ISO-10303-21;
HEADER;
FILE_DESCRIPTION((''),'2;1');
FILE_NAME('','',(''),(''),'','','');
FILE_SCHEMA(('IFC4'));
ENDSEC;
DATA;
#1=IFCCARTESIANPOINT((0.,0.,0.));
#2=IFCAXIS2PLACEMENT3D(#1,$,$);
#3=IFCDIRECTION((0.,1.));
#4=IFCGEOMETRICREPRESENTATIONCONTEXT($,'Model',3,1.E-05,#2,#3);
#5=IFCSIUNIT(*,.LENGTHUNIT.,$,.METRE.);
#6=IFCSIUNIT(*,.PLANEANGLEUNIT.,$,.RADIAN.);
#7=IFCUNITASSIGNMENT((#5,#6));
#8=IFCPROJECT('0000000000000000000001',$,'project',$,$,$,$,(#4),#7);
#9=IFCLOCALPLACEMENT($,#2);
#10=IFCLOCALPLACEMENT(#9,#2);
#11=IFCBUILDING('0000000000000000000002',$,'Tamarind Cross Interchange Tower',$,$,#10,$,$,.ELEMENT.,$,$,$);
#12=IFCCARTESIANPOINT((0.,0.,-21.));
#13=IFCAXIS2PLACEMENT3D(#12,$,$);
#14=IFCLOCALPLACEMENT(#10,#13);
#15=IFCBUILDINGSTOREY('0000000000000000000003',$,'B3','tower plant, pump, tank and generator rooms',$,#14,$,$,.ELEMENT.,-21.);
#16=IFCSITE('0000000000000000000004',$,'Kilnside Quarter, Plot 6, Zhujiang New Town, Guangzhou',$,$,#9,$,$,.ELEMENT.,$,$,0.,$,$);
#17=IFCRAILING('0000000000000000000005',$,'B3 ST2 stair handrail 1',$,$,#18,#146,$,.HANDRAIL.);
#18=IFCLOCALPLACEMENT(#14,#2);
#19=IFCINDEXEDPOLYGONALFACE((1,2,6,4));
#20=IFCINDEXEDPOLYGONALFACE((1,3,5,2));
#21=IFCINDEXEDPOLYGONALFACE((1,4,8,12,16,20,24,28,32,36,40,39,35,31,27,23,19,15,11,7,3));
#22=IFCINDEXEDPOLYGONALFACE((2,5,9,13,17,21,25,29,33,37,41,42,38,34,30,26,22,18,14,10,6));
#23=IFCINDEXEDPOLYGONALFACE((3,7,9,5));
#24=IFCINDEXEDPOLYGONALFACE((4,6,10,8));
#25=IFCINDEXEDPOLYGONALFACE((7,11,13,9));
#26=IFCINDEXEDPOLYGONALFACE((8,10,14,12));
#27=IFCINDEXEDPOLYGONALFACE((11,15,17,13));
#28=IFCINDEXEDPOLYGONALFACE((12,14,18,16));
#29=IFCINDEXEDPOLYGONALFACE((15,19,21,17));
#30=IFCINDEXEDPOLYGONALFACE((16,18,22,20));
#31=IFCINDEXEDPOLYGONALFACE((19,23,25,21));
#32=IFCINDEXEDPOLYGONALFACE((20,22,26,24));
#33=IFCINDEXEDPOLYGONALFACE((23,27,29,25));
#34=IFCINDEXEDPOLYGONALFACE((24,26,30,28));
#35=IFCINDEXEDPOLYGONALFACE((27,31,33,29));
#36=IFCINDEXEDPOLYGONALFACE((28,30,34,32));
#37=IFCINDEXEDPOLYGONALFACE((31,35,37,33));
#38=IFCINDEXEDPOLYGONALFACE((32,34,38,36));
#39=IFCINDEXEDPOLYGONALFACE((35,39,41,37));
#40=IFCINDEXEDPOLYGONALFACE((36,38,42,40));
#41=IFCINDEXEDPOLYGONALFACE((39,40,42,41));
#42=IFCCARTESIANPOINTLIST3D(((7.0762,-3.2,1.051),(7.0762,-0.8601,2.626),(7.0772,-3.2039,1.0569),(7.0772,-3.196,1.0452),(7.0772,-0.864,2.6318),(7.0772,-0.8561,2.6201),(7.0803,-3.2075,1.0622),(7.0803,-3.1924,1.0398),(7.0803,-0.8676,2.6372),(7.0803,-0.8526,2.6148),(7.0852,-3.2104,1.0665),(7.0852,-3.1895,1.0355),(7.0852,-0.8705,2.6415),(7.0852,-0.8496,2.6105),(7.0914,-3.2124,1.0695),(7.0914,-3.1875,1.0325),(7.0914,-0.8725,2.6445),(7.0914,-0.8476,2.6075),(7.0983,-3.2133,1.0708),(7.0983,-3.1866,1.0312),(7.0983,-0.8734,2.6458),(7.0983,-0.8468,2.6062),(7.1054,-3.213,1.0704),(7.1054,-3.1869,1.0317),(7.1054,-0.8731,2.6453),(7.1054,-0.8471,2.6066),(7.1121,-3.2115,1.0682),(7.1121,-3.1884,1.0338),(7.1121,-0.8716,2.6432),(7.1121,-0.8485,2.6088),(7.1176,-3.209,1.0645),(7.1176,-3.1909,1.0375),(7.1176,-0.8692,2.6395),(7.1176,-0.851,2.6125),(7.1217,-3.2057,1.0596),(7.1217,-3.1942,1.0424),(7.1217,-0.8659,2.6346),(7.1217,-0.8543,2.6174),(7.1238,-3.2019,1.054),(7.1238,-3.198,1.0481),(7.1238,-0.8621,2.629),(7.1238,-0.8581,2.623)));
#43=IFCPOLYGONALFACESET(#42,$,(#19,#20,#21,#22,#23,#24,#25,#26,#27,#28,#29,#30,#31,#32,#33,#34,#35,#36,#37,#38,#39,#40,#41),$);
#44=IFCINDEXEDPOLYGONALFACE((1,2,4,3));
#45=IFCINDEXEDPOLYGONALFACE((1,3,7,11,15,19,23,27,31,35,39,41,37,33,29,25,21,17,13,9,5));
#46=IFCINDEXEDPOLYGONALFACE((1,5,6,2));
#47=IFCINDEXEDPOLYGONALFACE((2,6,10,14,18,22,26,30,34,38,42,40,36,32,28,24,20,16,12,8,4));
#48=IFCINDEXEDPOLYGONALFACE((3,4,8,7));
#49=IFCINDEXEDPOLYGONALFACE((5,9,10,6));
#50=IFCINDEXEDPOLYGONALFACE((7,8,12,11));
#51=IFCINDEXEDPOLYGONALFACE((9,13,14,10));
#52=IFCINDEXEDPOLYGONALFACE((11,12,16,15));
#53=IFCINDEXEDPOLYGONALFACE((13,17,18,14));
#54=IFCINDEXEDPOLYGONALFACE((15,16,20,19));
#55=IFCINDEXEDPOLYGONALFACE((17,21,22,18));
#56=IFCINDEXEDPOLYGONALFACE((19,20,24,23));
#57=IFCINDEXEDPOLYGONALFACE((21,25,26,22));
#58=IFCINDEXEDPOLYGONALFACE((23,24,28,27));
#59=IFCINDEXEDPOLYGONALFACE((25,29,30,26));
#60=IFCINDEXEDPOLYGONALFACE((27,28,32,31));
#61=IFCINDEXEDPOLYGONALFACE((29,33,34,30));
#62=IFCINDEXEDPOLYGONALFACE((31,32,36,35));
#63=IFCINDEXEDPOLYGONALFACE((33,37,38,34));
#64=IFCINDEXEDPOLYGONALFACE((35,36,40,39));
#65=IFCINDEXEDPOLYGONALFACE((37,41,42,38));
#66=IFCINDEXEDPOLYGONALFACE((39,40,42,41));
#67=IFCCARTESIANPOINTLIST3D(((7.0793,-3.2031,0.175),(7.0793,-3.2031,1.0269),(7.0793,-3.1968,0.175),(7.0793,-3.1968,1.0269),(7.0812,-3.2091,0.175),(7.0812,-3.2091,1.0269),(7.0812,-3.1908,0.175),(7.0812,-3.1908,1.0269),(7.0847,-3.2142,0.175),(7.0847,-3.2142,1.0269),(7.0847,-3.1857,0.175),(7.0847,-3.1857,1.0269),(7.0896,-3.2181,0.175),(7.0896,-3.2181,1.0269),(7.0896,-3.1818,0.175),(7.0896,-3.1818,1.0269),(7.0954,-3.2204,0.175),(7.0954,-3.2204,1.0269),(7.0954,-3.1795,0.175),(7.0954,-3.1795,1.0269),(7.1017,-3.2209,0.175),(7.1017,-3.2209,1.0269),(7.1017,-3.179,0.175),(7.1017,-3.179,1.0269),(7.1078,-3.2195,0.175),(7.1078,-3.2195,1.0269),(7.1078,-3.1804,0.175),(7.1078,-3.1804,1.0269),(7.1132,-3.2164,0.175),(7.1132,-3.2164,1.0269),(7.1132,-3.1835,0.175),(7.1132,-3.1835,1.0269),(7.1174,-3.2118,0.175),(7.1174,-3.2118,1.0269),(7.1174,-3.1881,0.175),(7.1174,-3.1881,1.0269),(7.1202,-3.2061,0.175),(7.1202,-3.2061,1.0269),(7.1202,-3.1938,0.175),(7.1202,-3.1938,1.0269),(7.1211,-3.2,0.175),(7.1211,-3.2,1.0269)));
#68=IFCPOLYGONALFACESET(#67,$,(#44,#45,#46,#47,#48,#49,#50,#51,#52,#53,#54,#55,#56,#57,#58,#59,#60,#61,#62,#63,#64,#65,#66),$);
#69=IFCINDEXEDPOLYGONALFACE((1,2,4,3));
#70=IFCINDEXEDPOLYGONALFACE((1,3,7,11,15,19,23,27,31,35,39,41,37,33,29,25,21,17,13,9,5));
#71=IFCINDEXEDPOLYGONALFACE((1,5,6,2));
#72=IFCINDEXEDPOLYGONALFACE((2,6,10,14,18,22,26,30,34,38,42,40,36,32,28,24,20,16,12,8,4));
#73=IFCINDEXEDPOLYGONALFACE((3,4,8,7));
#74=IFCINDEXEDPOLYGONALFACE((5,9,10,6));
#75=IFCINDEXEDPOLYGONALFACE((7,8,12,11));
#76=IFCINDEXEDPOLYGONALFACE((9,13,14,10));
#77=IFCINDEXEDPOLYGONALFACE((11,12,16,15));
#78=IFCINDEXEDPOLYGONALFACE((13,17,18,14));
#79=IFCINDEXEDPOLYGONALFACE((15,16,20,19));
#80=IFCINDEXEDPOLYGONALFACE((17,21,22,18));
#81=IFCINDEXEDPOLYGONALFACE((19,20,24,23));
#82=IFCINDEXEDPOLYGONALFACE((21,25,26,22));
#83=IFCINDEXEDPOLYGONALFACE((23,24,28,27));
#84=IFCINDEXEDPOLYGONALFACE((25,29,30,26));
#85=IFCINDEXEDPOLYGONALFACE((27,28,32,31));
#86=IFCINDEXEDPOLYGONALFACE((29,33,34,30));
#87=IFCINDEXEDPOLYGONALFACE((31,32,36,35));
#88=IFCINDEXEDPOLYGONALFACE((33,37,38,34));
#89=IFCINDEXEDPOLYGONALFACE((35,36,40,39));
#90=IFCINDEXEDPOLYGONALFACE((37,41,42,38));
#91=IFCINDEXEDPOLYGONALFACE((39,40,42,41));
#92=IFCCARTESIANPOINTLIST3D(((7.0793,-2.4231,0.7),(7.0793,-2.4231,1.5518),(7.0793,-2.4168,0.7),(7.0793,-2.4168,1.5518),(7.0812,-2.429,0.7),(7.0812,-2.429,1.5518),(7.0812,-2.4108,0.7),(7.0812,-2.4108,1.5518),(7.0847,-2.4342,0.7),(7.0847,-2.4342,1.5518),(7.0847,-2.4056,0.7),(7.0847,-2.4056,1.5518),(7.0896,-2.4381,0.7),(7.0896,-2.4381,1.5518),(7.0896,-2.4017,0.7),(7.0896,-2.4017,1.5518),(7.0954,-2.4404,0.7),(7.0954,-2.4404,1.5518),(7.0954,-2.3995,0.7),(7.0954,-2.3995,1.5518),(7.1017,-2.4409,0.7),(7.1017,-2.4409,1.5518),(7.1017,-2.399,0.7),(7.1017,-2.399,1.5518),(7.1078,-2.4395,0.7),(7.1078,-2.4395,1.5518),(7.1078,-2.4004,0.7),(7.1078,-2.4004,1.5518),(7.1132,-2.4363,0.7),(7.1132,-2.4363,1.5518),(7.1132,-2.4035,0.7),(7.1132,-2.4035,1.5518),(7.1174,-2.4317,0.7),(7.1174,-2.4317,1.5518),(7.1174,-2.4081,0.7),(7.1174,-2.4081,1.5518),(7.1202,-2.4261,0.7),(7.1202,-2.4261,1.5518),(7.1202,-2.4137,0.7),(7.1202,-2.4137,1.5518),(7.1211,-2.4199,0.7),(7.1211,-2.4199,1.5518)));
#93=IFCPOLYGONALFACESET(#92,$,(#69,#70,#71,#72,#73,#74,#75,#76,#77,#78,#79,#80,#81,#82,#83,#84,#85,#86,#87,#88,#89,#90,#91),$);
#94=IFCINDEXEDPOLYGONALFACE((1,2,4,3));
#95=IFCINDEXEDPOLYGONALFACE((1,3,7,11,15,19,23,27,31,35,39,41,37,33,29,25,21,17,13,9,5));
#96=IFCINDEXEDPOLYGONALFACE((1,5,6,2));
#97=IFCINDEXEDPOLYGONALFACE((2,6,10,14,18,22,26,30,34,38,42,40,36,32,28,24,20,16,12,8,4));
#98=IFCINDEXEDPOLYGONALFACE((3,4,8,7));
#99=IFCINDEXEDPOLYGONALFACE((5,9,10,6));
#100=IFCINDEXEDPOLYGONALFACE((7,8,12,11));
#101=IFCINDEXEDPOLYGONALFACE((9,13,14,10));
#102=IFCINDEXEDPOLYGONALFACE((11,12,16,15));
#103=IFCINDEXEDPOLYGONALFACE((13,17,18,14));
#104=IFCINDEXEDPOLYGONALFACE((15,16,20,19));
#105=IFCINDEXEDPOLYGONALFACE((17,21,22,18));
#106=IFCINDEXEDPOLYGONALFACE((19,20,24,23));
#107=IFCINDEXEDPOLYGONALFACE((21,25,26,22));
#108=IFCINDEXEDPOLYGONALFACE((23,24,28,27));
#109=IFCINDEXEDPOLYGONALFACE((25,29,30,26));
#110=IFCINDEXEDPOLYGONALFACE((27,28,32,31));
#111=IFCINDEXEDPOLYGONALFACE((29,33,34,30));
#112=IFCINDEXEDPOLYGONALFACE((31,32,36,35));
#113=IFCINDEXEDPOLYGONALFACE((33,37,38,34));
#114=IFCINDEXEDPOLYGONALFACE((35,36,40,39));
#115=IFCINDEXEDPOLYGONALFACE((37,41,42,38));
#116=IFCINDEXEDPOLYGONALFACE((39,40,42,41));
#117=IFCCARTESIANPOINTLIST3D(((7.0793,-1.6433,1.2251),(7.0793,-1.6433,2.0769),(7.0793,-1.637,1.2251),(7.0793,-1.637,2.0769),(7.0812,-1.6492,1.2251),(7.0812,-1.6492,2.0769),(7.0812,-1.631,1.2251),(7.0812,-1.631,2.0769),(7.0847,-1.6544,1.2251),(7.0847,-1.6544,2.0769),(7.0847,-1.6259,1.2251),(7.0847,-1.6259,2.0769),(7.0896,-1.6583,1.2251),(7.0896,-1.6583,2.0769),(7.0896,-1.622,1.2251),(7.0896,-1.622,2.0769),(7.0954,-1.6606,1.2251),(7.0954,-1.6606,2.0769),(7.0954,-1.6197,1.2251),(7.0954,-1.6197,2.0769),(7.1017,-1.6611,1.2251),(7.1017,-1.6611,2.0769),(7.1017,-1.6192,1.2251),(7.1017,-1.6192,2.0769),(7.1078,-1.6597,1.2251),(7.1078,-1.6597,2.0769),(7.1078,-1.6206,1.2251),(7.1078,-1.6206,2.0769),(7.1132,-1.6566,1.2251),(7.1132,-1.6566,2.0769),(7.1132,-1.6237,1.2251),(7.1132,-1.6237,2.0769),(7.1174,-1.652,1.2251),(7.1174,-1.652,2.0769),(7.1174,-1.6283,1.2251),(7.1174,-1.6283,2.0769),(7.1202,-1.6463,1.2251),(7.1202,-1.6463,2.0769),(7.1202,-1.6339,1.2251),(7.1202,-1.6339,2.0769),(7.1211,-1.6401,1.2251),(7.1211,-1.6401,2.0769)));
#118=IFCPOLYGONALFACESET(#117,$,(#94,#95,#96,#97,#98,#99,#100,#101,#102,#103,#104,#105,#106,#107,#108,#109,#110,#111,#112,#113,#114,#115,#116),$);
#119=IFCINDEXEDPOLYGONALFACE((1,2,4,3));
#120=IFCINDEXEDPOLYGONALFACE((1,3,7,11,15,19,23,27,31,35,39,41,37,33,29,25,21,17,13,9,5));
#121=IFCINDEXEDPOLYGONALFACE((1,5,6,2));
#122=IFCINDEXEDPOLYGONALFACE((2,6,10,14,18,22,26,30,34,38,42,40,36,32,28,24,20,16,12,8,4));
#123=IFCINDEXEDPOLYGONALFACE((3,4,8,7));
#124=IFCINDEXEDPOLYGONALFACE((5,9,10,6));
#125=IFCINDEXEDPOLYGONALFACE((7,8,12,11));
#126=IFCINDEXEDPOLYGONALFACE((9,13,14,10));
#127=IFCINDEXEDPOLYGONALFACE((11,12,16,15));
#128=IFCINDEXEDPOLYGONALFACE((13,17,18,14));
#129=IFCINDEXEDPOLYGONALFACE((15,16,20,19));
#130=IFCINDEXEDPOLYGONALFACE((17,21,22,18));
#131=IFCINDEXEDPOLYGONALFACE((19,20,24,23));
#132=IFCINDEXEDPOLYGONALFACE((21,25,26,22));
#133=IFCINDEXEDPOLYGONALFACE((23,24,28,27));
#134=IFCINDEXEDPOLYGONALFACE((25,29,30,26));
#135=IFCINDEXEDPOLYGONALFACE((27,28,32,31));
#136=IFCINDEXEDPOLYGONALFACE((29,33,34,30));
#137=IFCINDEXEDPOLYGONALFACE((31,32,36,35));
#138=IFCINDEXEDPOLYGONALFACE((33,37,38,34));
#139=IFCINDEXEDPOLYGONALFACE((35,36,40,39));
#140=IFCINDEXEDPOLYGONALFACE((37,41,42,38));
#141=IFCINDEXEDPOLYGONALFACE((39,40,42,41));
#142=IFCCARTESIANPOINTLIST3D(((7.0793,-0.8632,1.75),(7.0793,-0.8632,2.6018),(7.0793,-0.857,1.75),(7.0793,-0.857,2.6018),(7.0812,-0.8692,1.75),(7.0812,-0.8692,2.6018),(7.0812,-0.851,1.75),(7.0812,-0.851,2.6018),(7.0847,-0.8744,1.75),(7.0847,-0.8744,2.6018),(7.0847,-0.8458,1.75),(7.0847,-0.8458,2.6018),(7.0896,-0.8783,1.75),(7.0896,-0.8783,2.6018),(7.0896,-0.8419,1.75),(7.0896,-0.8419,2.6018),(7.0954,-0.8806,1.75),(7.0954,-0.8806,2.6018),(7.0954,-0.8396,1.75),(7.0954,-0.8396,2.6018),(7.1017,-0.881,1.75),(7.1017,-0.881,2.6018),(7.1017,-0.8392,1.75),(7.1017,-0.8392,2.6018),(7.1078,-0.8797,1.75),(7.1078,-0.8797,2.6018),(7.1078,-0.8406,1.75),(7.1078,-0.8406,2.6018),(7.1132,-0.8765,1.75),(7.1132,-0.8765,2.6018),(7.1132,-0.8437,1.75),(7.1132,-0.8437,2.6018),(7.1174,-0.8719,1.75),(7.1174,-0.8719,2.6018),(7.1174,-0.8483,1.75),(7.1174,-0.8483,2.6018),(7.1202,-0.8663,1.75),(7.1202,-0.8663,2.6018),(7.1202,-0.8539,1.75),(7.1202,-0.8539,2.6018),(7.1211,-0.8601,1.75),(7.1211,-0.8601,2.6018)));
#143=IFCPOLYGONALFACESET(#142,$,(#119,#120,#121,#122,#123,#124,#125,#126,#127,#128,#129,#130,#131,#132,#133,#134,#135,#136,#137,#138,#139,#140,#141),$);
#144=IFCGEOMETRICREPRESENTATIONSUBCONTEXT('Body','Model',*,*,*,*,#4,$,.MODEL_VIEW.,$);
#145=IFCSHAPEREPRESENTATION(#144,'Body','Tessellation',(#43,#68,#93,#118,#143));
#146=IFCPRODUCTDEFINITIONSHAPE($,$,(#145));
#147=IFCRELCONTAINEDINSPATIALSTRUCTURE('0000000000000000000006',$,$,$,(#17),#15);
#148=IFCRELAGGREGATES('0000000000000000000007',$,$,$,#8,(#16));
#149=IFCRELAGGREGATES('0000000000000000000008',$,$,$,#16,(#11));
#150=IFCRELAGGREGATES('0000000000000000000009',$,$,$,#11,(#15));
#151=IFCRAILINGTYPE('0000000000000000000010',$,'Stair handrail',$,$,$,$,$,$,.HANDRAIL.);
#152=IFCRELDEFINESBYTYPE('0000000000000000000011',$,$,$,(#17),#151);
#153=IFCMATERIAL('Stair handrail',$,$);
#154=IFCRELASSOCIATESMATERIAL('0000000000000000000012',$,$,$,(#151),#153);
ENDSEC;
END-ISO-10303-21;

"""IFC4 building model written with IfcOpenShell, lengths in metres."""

from ifc_helpers import new_model, si_unit, direction, frame, origin, origin_2d, place, context, subcontext, project, spatial, circle, extrude, material, type_object, element, save


model = new_model("IFC4")

# Units and contexts
model_context = context("Model", 3, precision=1e-05, world=origin(), true_north=direction((0.0, 1.0)))
body_context = subcontext(model_context, "Body", "Model", "MODEL_VIEW")
ifc_project = project(units=[si_unit("LENGTHUNIT", "METRE"), si_unit("PLANEANGLEUNIT", "RADIAN")], contexts=[model_context])

# Site, building, storey
site_placement = place(None, origin())
site = spatial("IfcSite", under=ifc_project, at=site_placement, Name="Kilnside Quarter, Plot 6, Zhujiang New Town, Guangzhou", CompositionType="ELEMENT", RefElevation=0.0)
building_placement = place(site_placement, origin())
building = spatial("IfcBuilding", under=site, at=building_placement, Name="Tamarind Cross Interchange Tower", CompositionType="ELEMENT")
storey_placement = place(building_placement, frame((0.0, 0.0, -21.0)))
storey = spatial("IfcBuildingStorey", under=building, at=storey_placement, Name="B3", Description="tower plant, pump, tank and generator rooms", CompositionType="ELEMENT", Elevation=-21.0)

# Railing
ifc_material_1 = material(Name="Stair handrail")
railing_type_1 = type_object("IfcRailingType", Name="Stair handrail", PredefinedType="HANDRAIL", material=ifc_material_1)
railing_1_placement = place(storey_placement, frame((7.1001, -3.2, 0.175)))
element("IfcRailing", 1, at=railing_1_placement, inside=storey, type_object=railing_type_1, Name="B3 ST2 stair handrail 1", PredefinedType="HANDRAIL", context=body_context, shape_type="SweptSolid", body=[
    extrude(circle(Radius=0.0239, at=origin_2d()), frame((0.0, 0.0, 0.876), z_axis=(0.0, 0.829578, 0.55839), x_axis=(-1.0, 0.0, 0.0)), (0.0, 0.0, 1.0), 2.8206),
    extrude(circle(Radius=0.021, at=origin_2d()), origin(), (0.0, 0.0, 1.0), 0.8518),
    extrude(circle(Radius=0.021, at=origin_2d()), frame((0.0, 0.78, 0.5249)), (0.0, 0.0, 1.0), 0.8518),
    extrude(circle(Radius=0.021, at=origin_2d()), frame((0.0, 1.5598, 1.05)), (0.0, 0.0, 1.0), 0.8518),
    extrude(circle(Radius=0.021, at=origin_2d()), frame((0.0, 2.3398, 1.575)), (0.0, 0.0, 1.0), 0.8518),
])

save(model, "model.ifc")
